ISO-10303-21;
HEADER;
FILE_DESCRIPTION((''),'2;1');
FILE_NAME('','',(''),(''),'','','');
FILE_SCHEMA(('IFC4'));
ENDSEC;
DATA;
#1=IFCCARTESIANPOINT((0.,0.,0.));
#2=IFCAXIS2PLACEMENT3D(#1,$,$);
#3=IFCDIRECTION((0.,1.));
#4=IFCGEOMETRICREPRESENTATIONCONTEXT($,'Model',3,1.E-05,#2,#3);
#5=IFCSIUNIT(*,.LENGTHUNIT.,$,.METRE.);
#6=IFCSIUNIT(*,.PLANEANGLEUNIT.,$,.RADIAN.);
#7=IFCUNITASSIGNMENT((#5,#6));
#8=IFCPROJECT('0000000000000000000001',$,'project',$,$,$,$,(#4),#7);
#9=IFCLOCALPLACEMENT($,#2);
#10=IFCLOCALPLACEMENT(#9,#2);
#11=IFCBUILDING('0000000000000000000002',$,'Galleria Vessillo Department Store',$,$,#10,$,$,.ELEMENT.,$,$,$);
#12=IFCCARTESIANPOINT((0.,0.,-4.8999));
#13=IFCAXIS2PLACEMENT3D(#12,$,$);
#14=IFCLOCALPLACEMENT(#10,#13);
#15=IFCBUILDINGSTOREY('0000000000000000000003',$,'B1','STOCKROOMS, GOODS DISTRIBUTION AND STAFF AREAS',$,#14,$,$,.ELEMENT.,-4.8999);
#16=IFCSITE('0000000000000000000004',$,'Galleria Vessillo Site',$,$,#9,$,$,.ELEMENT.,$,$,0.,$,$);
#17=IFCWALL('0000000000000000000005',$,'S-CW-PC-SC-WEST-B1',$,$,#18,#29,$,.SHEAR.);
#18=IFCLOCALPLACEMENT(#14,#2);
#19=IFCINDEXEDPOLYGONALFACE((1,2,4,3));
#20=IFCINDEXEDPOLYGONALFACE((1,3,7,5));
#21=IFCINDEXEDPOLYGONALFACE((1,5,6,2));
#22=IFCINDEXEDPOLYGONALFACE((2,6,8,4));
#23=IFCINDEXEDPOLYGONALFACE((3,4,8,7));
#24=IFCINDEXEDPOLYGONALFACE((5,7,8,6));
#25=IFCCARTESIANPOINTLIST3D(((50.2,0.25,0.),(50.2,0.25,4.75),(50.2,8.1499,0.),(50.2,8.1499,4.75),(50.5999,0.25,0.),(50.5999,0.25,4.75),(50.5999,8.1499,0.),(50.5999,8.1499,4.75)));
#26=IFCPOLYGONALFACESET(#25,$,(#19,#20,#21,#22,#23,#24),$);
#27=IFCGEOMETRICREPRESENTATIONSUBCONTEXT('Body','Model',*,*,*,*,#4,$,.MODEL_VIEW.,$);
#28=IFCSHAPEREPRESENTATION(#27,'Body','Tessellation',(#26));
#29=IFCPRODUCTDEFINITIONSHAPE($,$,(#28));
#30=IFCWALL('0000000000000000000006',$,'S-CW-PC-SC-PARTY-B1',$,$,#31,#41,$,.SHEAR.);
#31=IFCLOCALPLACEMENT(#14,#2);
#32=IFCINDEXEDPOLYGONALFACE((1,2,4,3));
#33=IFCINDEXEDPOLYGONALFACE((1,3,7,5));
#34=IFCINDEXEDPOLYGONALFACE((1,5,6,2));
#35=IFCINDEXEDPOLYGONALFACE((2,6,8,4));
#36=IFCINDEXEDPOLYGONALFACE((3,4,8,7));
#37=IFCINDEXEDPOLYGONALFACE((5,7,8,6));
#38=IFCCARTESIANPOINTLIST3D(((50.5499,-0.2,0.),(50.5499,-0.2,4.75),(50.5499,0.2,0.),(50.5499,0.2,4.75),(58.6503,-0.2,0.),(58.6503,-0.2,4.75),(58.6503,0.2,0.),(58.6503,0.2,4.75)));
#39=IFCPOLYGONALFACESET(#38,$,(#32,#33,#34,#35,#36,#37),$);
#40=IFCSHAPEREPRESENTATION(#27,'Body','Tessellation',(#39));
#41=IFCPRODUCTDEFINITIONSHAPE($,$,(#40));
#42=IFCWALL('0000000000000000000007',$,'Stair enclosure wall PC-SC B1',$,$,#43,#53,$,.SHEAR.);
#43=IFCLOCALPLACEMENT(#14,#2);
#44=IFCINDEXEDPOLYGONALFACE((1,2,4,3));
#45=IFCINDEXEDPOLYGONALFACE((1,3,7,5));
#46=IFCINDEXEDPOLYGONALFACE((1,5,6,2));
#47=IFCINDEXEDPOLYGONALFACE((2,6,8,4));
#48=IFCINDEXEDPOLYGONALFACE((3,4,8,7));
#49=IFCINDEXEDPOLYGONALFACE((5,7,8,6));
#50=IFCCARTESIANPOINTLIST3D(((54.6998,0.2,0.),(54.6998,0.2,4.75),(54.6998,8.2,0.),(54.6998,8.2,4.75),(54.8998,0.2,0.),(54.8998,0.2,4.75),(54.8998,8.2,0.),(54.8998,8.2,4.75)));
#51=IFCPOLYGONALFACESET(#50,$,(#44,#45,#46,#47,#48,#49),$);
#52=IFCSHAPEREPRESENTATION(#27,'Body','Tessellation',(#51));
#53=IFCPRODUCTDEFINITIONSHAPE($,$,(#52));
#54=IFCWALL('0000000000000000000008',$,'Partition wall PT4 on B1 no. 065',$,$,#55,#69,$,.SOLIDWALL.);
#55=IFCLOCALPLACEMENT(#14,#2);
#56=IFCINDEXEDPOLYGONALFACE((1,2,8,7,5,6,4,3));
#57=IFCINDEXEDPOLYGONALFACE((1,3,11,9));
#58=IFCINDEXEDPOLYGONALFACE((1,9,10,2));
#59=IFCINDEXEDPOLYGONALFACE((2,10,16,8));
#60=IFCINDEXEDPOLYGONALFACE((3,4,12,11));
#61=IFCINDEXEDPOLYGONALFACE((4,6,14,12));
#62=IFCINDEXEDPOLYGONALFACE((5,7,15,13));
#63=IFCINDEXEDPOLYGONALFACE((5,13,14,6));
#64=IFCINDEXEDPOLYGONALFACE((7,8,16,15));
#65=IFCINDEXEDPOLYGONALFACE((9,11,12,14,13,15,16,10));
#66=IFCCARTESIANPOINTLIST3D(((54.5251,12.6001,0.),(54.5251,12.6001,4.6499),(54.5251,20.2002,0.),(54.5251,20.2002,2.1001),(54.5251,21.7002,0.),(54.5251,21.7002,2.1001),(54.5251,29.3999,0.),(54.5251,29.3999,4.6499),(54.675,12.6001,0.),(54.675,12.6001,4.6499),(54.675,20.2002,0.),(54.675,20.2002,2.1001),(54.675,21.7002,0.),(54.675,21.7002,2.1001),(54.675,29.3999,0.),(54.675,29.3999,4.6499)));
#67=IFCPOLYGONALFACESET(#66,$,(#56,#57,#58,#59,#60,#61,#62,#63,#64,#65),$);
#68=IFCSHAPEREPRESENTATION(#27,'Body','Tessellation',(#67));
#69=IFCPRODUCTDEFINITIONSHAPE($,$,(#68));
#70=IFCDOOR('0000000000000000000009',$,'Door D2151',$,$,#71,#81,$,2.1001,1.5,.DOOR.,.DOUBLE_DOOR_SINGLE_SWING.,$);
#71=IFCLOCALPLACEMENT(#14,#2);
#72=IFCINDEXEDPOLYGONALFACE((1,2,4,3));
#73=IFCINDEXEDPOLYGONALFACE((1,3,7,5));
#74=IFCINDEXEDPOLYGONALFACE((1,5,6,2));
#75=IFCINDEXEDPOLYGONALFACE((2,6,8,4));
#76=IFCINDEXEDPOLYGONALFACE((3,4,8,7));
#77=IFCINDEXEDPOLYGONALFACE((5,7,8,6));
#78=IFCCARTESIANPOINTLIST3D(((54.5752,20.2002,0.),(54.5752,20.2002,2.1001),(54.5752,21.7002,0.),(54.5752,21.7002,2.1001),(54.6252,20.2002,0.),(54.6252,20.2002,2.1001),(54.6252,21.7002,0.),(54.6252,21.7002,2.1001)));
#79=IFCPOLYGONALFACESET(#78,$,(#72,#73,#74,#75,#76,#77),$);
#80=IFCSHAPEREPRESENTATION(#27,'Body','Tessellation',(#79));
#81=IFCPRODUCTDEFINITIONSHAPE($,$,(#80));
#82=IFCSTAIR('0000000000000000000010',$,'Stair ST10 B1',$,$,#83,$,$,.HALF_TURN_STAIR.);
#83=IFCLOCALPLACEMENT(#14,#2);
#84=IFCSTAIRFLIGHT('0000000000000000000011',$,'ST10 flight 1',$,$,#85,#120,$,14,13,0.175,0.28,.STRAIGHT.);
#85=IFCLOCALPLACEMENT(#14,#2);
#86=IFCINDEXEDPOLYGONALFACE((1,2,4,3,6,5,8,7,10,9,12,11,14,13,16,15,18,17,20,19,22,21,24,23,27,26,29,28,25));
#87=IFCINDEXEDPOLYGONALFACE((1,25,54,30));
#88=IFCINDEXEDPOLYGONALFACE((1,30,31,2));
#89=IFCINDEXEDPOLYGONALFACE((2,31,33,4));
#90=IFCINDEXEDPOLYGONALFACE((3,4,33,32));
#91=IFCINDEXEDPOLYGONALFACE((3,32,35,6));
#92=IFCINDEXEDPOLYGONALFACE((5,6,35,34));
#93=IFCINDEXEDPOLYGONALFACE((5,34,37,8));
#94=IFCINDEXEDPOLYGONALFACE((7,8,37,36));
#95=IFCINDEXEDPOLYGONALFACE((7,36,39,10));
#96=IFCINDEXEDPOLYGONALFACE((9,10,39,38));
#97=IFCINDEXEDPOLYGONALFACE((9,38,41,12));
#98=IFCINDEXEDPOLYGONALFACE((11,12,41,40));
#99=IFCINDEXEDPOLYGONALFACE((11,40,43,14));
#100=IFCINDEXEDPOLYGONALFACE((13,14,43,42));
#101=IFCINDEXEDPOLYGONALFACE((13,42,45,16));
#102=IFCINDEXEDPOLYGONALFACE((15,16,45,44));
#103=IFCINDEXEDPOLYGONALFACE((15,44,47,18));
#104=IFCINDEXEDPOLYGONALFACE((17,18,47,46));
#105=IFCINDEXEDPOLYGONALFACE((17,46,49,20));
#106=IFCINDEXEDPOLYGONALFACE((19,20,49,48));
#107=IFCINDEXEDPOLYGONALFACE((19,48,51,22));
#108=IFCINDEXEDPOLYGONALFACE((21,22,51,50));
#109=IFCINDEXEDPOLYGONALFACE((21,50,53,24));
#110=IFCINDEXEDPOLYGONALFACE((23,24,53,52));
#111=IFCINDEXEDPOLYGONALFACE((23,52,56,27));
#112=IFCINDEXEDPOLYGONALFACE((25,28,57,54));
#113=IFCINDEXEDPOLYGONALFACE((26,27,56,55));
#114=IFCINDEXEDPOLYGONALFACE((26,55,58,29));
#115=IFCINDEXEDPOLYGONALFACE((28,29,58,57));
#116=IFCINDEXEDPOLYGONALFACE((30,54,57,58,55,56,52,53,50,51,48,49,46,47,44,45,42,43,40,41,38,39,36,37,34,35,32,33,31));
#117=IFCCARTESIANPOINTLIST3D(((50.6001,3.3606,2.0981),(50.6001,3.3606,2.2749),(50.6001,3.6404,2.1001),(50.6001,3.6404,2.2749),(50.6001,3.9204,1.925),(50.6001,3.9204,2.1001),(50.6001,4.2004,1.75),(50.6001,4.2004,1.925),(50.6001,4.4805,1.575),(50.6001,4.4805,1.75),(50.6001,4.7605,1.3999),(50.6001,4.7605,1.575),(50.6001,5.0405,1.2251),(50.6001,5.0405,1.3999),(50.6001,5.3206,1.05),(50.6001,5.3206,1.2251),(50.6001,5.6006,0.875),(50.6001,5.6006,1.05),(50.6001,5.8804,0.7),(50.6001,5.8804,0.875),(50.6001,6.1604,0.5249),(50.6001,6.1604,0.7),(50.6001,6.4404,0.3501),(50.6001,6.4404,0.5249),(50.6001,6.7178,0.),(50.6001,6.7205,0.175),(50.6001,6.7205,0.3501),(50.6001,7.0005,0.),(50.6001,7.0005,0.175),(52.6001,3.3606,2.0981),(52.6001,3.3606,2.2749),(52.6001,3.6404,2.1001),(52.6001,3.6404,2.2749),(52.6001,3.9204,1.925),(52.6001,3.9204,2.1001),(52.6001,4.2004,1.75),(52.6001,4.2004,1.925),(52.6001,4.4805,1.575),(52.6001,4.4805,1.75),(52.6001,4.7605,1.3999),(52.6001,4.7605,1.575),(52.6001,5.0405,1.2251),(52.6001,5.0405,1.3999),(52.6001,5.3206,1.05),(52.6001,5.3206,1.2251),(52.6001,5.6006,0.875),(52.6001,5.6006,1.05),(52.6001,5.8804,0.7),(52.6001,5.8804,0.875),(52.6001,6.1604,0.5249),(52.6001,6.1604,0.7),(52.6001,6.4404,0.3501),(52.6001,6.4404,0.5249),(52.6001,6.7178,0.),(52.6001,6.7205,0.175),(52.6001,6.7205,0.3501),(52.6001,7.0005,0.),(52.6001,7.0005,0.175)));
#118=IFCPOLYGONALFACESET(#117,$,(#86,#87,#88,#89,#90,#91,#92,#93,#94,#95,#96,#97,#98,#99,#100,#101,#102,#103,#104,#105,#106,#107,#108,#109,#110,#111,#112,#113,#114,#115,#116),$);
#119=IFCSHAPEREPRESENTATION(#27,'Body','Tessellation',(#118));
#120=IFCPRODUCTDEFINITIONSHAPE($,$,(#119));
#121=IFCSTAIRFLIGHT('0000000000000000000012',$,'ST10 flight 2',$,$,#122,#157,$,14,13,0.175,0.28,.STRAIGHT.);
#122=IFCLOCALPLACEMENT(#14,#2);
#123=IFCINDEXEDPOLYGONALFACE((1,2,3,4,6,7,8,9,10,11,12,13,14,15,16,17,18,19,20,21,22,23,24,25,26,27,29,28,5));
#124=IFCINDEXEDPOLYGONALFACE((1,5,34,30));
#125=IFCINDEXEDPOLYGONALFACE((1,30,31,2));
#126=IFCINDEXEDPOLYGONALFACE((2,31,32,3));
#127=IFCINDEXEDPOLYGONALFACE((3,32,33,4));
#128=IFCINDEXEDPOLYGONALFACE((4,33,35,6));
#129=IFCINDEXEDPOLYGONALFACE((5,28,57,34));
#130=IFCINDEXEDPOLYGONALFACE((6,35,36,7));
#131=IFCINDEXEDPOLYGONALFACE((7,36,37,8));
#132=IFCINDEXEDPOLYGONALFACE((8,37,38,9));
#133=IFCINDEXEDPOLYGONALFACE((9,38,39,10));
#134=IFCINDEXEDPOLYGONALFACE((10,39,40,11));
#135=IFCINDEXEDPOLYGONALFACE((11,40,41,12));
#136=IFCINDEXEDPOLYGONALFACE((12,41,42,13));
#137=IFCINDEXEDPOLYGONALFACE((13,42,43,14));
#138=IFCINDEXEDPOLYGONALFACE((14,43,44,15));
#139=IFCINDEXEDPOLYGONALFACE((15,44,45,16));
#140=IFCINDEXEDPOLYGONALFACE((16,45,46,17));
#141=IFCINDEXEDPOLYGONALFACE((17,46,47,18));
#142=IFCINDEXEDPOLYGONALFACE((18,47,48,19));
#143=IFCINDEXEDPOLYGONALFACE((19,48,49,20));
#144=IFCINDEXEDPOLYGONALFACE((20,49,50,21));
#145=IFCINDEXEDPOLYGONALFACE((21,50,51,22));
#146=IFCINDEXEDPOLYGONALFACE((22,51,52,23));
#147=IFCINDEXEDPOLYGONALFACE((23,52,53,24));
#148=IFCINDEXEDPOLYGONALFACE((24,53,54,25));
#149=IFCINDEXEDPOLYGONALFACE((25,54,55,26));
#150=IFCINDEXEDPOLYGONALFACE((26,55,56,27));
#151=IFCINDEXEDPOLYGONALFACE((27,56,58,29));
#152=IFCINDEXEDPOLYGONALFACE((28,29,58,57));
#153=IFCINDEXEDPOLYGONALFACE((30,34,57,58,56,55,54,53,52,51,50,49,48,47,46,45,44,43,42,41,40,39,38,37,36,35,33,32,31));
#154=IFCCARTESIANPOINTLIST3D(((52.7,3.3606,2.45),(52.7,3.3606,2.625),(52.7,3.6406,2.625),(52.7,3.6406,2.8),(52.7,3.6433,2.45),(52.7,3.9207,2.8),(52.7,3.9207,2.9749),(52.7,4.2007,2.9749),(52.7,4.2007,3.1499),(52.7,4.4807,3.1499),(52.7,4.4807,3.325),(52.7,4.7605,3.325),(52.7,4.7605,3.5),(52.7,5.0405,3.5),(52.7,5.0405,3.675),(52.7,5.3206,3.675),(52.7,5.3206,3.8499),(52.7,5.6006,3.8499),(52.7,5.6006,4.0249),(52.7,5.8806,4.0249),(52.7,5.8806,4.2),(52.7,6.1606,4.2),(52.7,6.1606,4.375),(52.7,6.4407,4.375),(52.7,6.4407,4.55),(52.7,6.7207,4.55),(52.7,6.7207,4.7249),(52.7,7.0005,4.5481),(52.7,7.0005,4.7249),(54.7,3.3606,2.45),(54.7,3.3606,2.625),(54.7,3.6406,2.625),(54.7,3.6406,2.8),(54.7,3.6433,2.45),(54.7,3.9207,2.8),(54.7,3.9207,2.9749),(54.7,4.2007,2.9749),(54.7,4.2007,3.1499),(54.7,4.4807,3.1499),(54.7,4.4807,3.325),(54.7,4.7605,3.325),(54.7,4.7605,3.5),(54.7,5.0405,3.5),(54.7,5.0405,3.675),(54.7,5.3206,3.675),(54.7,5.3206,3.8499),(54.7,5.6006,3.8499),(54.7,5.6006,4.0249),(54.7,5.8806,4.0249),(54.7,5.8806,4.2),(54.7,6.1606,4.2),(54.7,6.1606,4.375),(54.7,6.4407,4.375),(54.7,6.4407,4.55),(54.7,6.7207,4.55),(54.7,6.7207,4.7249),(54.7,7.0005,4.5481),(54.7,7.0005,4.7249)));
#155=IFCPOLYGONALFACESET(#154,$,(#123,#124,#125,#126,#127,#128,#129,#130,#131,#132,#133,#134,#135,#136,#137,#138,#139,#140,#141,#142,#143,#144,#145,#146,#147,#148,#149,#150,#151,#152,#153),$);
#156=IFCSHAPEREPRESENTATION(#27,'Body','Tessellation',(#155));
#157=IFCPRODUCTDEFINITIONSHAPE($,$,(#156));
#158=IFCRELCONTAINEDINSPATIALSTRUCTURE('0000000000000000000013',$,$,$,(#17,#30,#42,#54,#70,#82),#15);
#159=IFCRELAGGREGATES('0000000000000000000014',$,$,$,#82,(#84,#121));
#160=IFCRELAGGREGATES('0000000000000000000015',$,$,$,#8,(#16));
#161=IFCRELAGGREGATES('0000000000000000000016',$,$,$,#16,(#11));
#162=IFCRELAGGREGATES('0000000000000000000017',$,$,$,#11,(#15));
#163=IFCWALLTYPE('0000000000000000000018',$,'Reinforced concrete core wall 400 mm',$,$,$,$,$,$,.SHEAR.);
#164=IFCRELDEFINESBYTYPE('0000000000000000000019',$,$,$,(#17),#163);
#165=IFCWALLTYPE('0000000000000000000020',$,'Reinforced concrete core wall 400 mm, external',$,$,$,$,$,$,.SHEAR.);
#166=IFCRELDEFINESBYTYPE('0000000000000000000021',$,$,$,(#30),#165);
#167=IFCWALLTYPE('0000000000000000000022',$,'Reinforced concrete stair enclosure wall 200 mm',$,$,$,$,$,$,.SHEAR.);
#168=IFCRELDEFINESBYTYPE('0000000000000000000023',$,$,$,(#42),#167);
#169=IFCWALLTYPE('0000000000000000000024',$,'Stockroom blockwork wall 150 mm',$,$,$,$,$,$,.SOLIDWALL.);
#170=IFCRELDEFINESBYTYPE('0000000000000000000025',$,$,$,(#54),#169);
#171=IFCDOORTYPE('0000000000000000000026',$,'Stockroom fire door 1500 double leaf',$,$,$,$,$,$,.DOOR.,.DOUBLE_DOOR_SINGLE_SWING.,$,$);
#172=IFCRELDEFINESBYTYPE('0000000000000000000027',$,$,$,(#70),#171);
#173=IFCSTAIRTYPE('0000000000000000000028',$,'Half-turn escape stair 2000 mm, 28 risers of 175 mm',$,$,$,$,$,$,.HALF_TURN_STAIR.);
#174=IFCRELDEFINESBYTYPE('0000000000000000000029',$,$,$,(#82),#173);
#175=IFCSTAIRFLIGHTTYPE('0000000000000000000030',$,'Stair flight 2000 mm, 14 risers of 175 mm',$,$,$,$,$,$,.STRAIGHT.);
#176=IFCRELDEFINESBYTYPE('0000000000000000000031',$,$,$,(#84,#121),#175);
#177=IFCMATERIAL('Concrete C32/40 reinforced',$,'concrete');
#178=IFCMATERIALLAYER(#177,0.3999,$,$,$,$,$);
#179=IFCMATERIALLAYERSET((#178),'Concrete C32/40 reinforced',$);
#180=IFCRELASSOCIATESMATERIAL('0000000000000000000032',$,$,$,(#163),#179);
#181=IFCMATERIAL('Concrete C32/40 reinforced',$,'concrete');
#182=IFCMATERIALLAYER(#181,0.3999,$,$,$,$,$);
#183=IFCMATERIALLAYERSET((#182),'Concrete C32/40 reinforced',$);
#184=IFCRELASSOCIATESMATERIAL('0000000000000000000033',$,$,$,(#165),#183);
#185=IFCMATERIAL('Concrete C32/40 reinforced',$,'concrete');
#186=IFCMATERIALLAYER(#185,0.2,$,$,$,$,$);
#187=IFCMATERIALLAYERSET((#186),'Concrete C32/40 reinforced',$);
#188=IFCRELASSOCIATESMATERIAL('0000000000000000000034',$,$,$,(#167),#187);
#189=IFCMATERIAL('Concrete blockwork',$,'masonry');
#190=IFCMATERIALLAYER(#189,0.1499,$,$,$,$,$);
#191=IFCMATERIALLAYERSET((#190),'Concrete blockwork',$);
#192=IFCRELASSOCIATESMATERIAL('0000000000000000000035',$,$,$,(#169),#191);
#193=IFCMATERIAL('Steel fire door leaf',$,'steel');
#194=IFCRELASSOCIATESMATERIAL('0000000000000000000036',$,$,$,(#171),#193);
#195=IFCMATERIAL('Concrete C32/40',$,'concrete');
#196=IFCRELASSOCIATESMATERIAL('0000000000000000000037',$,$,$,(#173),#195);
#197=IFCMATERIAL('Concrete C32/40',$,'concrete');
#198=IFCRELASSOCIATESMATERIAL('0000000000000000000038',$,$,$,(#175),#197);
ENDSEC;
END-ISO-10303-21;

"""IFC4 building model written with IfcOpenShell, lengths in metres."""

from ifc_helpers import new_model, si_unit, direction, frame, frame_2d, origin, place, context, subcontext, project, spatial, polyline, rectangle, outline, extrude, material, layer, layer_set, type_object, element, fill, aggregate, save


model = new_model("IFC4")

# Units and contexts
model_context = context("Model", 3, precision=1e-05, world=origin(), true_north=direction((0.0, 1.0)))
body_context = subcontext(model_context, "Body", "Model", "MODEL_VIEW")
ifc_project = project(units=[si_unit("LENGTHUNIT", "METRE"), si_unit("PLANEANGLEUNIT", "RADIAN")], contexts=[model_context])

# Site, building, storey
site_placement = place(None, origin())
site = spatial("IfcSite", under=ifc_project, at=site_placement, Name="Galleria Vessillo Site", CompositionType="ELEMENT", RefElevation=0.0)
building_placement = place(site_placement, origin())
building = spatial("IfcBuilding", under=site, at=building_placement, Name="Galleria Vessillo Department Store", CompositionType="ELEMENT")
storey_placement = place(building_placement, frame((0.0, 0.0, -4.8999)))
storey = spatial("IfcBuildingStorey", under=building, at=storey_placement, Name="B1", Description="STOCKROOMS, GOODS DISTRIBUTION AND STAFF AREAS", CompositionType="ELEMENT", Elevation=-4.8999)

# Shared definitions
ifc_material_1 = material(Name="Concrete C32/40 reinforced", Category="concrete")
ifc_layer_1 = layer(ifc_material_1, 0.3999)
ifc_layer_set_1 = layer_set([ifc_layer_1], Name="Concrete C32/40 reinforced")
wall_type_1 = type_object("IfcWallType", Name="Reinforced concrete core wall 400 mm", PredefinedType="SHEAR", material=ifc_layer_set_1)

# Walls
wall_1_placement = place(storey_placement, frame((50.3999, 0.25, 0.0), z_axis=(0.0, 0.0, 1.0), x_axis=(0.0, 1.0, 0.0)))
element("IfcWall", 1, at=wall_1_placement, inside=storey, type_object=wall_type_1, Name="S-CW-PC-SC-WEST-B1", PredefinedType="SHEAR", context=body_context, shape_type="SweptSolid", body=[
    extrude(rectangle(XDim=7.8999, YDim=0.3999, at=frame_2d((3.95, 0.0))), origin(), (0.0, 0.0, 1.0), 4.75),
])
ifc_material_2 = material(Name="Concrete C32/40 reinforced", Category="concrete")
ifc_layer_2 = layer(ifc_material_2, 0.3999)
ifc_layer_set_2 = layer_set([ifc_layer_2], Name="Concrete C32/40 reinforced")
wall_type_2 = type_object("IfcWallType", Name="Reinforced concrete core wall 400 mm, external", PredefinedType="SHEAR", material=ifc_layer_set_2)
wall_2_placement = place(storey_placement, frame((50.5498, 0.0, 0.0), z_axis=(0.0, 0.0, 1.0), x_axis=(1.0, 0.0, 0.0)))
element("IfcWall", 2, at=wall_2_placement, inside=storey, type_object=wall_type_2, Name="S-CW-PC-SC-PARTY-B1", PredefinedType="SHEAR", context=body_context, shape_type="SweptSolid", body=[
    extrude(rectangle(XDim=8.1003, YDim=0.3999, at=frame_2d((4.0503, 0.0))), origin(), (0.0, 0.0, 1.0), 4.75),
])
ifc_material_3 = material(Name="Concrete C32/40 reinforced", Category="concrete")
ifc_layer_3 = layer(ifc_material_3, 0.2)
ifc_layer_set_3 = layer_set([ifc_layer_3], Name="Concrete C32/40 reinforced")
wall_type_3 = type_object("IfcWallType", Name="Reinforced concrete stair enclosure wall 200 mm", PredefinedType="SHEAR", material=ifc_layer_set_3)
wall_3_placement = place(storey_placement, frame((54.7998, 0.2, 0.0), z_axis=(0.0, 0.0, 1.0), x_axis=(0.0, 1.0, 0.0)))
element("IfcWall", 3, at=wall_3_placement, inside=storey, type_object=wall_type_3, Name="Stair enclosure wall PC-SC B1", PredefinedType="SHEAR", context=body_context, shape_type="SweptSolid", body=[
    extrude(rectangle(XDim=8.0, YDim=0.2, at=frame_2d((4.0, 0.0))), origin(), (0.0, 0.0, 1.0), 4.75),
])

# Wall, opening, door
ifc_material_4 = material(Name="Concrete blockwork", Category="masonry")
ifc_layer_4 = layer(ifc_material_4, 0.1499)
ifc_layer_set_4 = layer_set([ifc_layer_4], Name="Concrete blockwork")
wall_type_4 = type_object("IfcWallType", Name="Stockroom blockwork wall 150 mm", PredefinedType="SOLIDWALL", material=ifc_layer_set_4)
wall_4_placement = place(storey_placement, frame((54.6001, 12.6001, 0.0), z_axis=(0.0, 0.0, 1.0), x_axis=(0.0, 1.0, 0.0)))
wall_4 = element("IfcWall", 4, at=wall_4_placement, inside=storey, type_object=wall_type_4, Name="Partition wall PT4 on B1 no. 065", PredefinedType="SOLIDWALL", context=body_context, shape_type="SweptSolid", body=[
    extrude(rectangle(XDim=16.7998, YDim=0.1499, at=frame_2d((8.3999, 0.0))), origin(), (0.0, 0.0, 1.0), 4.6499),
])
opening_1_placement = place(wall_4_placement, frame((7.6001, 0.0, 0.0)))
opening_1 = element("IfcOpeningElement", 5, at=opening_1_placement, cuts=wall_4, PredefinedType="OPENING", context=body_context, shape_type="SweptSolid", body=[
    extrude(rectangle(XDim=1.5, YDim=2.1001, at=frame_2d((0.75, 1.05))), frame((0.0, 0.085, 0.0), z_axis=(0.0, -1.0, 0.0), x_axis=(1.0, 0.0, 0.0)), (0.0, 0.0, 1.0), 0.1699),
])
ifc_material_5 = material(Name="Steel fire door leaf", Category="steel")
door_type_1 = type_object("IfcDoorType", Name="Stockroom fire door 1500 double leaf", OperationType="DOUBLE_DOOR_SINGLE_SWING", PredefinedType="DOOR", material=ifc_material_5)
door_1_placement = place(opening_1_placement, origin())
door_1 = element("IfcDoor", 6, at=door_1_placement, inside=storey, type_object=door_type_1, Name="Door D2151", OperationType="DOUBLE_DOOR_SINGLE_SWING", OverallHeight=2.1001, OverallWidth=1.5, PredefinedType="DOOR", context=body_context, shape_type="SweptSolid", body=[
    extrude(rectangle(XDim=1.5, YDim=2.1001, at=frame_2d((0.75, 1.05))), frame((0.0, 0.0249, 0.0), z_axis=(0.0, -1.0, 0.0), x_axis=(1.0, 0.0, 0.0)), (0.0, 0.0, 1.0), 0.05),
])
fill(opening_1, door_1)

# Stair, stair flights
ifc_material_6 = material(Name="Concrete C32/40", Category="concrete")
stair_type = type_object("IfcStairType", Name="Half-turn escape stair 2000 mm, 28 risers of 175 mm", PredefinedType="HALF_TURN_STAIR", material=ifc_material_6)
stair_placement = place(storey_placement, origin())
stair = element("IfcStair", 7, at=stair_placement, inside=storey, type_object=stair_type, Name="Stair ST10 B1", PredefinedType="HALF_TURN_STAIR")
ifc_material_7 = material(Name="Concrete C32/40", Category="concrete")
stair_flight_type = type_object("IfcStairFlightType", Name="Stair flight 2000 mm, 14 risers of 175 mm", PredefinedType="STRAIGHT", material=ifc_material_7)
stair_flight_1_placement = place(storey_placement, frame((51.6001, 7.0005, 0.0), z_axis=(0.0, 0.0, 1.0), x_axis=(0.0, -1.0, 0.0)))
stair_flight_1 = element("IfcStairFlight", 8, at=stair_flight_1_placement, type_object=stair_flight_type, Name="ST10 flight 1", NumberOfRisers=14, NumberOfTreads=13, PredefinedType="STRAIGHT", RiserHeight=0.175, TreadLength=0.28, context=body_context, shape_type="SweptSolid", body=[
    extrude(outline(polyline([(0.0, 0.0), (0.0, 0.175), (0.28, 0.175), (0.28, 0.3501), (0.5601, 0.3501), (0.5601, 0.5249), (0.8401, 0.5249), (0.8401, 0.7), (1.1201, 0.7), (1.1201, 0.875), (1.3999, 0.875), (1.3999, 1.05), (1.6799, 1.05), (1.6799, 1.2251), (1.96, 1.2251), (1.96, 1.3999), (2.24, 1.3999), (2.24, 1.575), (2.52, 1.575), (2.52, 1.75), (2.8, 1.75), (2.8, 1.925), (3.0801, 1.925), (3.0801, 2.1001), (3.3601, 2.1001), (3.3601, 2.2749), (3.6399, 2.2749), (3.6399, 2.45), (3.6399, 2.0981), (0.2827, 0.0), (0.0, 0.0)])), frame((0.0, 1.0, 0.0), z_axis=(0.0, -1.0, 0.0), x_axis=(1.0, 0.0, 0.0)), (0.0, 0.0, 1.0), 2.0),
])
stair_flight_2_placement = place(storey_placement, frame((53.7, 3.3606, 2.45), z_axis=(0.0, 0.0, 1.0), x_axis=(0.0, 1.0, 0.0)))
stair_flight_2 = element("IfcStairFlight", 9, at=stair_flight_2_placement, type_object=stair_flight_type, Name="ST10 flight 2", NumberOfRisers=14, NumberOfTreads=13, PredefinedType="STRAIGHT", RiserHeight=0.175, TreadLength=0.28, context=body_context, shape_type="SweptSolid", body=[
    extrude(outline(polyline([(0.0, 0.0), (0.0, 0.175), (0.28, 0.175), (0.28, 0.3501), (0.5601, 0.3501), (0.5601, 0.5249), (0.8401, 0.5249), (0.8401, 0.7), (1.1201, 0.7), (1.1201, 0.875), (1.3999, 0.875), (1.3999, 1.05), (1.6799, 1.05), (1.6799, 1.2251), (1.96, 1.2251), (1.96, 1.3999), (2.24, 1.3999), (2.24, 1.575), (2.52, 1.575), (2.52, 1.75), (2.8, 1.75), (2.8, 1.925), (3.0801, 1.925), (3.0801, 2.1001), (3.3601, 2.1001), (3.3601, 2.2749), (3.6399, 2.2749), (3.6399, 2.45), (3.6399, 2.0981), (0.2827, 0.0), (0.0, 0.0)])), frame((0.0, 1.0, 0.0), z_axis=(0.0, -1.0, 0.0), x_axis=(1.0, 0.0, 0.0)), (0.0, 0.0, 1.0), 2.0),
])
aggregate(stair, [stair_flight_1, stair_flight_2])

save(model, "model.ifc")
